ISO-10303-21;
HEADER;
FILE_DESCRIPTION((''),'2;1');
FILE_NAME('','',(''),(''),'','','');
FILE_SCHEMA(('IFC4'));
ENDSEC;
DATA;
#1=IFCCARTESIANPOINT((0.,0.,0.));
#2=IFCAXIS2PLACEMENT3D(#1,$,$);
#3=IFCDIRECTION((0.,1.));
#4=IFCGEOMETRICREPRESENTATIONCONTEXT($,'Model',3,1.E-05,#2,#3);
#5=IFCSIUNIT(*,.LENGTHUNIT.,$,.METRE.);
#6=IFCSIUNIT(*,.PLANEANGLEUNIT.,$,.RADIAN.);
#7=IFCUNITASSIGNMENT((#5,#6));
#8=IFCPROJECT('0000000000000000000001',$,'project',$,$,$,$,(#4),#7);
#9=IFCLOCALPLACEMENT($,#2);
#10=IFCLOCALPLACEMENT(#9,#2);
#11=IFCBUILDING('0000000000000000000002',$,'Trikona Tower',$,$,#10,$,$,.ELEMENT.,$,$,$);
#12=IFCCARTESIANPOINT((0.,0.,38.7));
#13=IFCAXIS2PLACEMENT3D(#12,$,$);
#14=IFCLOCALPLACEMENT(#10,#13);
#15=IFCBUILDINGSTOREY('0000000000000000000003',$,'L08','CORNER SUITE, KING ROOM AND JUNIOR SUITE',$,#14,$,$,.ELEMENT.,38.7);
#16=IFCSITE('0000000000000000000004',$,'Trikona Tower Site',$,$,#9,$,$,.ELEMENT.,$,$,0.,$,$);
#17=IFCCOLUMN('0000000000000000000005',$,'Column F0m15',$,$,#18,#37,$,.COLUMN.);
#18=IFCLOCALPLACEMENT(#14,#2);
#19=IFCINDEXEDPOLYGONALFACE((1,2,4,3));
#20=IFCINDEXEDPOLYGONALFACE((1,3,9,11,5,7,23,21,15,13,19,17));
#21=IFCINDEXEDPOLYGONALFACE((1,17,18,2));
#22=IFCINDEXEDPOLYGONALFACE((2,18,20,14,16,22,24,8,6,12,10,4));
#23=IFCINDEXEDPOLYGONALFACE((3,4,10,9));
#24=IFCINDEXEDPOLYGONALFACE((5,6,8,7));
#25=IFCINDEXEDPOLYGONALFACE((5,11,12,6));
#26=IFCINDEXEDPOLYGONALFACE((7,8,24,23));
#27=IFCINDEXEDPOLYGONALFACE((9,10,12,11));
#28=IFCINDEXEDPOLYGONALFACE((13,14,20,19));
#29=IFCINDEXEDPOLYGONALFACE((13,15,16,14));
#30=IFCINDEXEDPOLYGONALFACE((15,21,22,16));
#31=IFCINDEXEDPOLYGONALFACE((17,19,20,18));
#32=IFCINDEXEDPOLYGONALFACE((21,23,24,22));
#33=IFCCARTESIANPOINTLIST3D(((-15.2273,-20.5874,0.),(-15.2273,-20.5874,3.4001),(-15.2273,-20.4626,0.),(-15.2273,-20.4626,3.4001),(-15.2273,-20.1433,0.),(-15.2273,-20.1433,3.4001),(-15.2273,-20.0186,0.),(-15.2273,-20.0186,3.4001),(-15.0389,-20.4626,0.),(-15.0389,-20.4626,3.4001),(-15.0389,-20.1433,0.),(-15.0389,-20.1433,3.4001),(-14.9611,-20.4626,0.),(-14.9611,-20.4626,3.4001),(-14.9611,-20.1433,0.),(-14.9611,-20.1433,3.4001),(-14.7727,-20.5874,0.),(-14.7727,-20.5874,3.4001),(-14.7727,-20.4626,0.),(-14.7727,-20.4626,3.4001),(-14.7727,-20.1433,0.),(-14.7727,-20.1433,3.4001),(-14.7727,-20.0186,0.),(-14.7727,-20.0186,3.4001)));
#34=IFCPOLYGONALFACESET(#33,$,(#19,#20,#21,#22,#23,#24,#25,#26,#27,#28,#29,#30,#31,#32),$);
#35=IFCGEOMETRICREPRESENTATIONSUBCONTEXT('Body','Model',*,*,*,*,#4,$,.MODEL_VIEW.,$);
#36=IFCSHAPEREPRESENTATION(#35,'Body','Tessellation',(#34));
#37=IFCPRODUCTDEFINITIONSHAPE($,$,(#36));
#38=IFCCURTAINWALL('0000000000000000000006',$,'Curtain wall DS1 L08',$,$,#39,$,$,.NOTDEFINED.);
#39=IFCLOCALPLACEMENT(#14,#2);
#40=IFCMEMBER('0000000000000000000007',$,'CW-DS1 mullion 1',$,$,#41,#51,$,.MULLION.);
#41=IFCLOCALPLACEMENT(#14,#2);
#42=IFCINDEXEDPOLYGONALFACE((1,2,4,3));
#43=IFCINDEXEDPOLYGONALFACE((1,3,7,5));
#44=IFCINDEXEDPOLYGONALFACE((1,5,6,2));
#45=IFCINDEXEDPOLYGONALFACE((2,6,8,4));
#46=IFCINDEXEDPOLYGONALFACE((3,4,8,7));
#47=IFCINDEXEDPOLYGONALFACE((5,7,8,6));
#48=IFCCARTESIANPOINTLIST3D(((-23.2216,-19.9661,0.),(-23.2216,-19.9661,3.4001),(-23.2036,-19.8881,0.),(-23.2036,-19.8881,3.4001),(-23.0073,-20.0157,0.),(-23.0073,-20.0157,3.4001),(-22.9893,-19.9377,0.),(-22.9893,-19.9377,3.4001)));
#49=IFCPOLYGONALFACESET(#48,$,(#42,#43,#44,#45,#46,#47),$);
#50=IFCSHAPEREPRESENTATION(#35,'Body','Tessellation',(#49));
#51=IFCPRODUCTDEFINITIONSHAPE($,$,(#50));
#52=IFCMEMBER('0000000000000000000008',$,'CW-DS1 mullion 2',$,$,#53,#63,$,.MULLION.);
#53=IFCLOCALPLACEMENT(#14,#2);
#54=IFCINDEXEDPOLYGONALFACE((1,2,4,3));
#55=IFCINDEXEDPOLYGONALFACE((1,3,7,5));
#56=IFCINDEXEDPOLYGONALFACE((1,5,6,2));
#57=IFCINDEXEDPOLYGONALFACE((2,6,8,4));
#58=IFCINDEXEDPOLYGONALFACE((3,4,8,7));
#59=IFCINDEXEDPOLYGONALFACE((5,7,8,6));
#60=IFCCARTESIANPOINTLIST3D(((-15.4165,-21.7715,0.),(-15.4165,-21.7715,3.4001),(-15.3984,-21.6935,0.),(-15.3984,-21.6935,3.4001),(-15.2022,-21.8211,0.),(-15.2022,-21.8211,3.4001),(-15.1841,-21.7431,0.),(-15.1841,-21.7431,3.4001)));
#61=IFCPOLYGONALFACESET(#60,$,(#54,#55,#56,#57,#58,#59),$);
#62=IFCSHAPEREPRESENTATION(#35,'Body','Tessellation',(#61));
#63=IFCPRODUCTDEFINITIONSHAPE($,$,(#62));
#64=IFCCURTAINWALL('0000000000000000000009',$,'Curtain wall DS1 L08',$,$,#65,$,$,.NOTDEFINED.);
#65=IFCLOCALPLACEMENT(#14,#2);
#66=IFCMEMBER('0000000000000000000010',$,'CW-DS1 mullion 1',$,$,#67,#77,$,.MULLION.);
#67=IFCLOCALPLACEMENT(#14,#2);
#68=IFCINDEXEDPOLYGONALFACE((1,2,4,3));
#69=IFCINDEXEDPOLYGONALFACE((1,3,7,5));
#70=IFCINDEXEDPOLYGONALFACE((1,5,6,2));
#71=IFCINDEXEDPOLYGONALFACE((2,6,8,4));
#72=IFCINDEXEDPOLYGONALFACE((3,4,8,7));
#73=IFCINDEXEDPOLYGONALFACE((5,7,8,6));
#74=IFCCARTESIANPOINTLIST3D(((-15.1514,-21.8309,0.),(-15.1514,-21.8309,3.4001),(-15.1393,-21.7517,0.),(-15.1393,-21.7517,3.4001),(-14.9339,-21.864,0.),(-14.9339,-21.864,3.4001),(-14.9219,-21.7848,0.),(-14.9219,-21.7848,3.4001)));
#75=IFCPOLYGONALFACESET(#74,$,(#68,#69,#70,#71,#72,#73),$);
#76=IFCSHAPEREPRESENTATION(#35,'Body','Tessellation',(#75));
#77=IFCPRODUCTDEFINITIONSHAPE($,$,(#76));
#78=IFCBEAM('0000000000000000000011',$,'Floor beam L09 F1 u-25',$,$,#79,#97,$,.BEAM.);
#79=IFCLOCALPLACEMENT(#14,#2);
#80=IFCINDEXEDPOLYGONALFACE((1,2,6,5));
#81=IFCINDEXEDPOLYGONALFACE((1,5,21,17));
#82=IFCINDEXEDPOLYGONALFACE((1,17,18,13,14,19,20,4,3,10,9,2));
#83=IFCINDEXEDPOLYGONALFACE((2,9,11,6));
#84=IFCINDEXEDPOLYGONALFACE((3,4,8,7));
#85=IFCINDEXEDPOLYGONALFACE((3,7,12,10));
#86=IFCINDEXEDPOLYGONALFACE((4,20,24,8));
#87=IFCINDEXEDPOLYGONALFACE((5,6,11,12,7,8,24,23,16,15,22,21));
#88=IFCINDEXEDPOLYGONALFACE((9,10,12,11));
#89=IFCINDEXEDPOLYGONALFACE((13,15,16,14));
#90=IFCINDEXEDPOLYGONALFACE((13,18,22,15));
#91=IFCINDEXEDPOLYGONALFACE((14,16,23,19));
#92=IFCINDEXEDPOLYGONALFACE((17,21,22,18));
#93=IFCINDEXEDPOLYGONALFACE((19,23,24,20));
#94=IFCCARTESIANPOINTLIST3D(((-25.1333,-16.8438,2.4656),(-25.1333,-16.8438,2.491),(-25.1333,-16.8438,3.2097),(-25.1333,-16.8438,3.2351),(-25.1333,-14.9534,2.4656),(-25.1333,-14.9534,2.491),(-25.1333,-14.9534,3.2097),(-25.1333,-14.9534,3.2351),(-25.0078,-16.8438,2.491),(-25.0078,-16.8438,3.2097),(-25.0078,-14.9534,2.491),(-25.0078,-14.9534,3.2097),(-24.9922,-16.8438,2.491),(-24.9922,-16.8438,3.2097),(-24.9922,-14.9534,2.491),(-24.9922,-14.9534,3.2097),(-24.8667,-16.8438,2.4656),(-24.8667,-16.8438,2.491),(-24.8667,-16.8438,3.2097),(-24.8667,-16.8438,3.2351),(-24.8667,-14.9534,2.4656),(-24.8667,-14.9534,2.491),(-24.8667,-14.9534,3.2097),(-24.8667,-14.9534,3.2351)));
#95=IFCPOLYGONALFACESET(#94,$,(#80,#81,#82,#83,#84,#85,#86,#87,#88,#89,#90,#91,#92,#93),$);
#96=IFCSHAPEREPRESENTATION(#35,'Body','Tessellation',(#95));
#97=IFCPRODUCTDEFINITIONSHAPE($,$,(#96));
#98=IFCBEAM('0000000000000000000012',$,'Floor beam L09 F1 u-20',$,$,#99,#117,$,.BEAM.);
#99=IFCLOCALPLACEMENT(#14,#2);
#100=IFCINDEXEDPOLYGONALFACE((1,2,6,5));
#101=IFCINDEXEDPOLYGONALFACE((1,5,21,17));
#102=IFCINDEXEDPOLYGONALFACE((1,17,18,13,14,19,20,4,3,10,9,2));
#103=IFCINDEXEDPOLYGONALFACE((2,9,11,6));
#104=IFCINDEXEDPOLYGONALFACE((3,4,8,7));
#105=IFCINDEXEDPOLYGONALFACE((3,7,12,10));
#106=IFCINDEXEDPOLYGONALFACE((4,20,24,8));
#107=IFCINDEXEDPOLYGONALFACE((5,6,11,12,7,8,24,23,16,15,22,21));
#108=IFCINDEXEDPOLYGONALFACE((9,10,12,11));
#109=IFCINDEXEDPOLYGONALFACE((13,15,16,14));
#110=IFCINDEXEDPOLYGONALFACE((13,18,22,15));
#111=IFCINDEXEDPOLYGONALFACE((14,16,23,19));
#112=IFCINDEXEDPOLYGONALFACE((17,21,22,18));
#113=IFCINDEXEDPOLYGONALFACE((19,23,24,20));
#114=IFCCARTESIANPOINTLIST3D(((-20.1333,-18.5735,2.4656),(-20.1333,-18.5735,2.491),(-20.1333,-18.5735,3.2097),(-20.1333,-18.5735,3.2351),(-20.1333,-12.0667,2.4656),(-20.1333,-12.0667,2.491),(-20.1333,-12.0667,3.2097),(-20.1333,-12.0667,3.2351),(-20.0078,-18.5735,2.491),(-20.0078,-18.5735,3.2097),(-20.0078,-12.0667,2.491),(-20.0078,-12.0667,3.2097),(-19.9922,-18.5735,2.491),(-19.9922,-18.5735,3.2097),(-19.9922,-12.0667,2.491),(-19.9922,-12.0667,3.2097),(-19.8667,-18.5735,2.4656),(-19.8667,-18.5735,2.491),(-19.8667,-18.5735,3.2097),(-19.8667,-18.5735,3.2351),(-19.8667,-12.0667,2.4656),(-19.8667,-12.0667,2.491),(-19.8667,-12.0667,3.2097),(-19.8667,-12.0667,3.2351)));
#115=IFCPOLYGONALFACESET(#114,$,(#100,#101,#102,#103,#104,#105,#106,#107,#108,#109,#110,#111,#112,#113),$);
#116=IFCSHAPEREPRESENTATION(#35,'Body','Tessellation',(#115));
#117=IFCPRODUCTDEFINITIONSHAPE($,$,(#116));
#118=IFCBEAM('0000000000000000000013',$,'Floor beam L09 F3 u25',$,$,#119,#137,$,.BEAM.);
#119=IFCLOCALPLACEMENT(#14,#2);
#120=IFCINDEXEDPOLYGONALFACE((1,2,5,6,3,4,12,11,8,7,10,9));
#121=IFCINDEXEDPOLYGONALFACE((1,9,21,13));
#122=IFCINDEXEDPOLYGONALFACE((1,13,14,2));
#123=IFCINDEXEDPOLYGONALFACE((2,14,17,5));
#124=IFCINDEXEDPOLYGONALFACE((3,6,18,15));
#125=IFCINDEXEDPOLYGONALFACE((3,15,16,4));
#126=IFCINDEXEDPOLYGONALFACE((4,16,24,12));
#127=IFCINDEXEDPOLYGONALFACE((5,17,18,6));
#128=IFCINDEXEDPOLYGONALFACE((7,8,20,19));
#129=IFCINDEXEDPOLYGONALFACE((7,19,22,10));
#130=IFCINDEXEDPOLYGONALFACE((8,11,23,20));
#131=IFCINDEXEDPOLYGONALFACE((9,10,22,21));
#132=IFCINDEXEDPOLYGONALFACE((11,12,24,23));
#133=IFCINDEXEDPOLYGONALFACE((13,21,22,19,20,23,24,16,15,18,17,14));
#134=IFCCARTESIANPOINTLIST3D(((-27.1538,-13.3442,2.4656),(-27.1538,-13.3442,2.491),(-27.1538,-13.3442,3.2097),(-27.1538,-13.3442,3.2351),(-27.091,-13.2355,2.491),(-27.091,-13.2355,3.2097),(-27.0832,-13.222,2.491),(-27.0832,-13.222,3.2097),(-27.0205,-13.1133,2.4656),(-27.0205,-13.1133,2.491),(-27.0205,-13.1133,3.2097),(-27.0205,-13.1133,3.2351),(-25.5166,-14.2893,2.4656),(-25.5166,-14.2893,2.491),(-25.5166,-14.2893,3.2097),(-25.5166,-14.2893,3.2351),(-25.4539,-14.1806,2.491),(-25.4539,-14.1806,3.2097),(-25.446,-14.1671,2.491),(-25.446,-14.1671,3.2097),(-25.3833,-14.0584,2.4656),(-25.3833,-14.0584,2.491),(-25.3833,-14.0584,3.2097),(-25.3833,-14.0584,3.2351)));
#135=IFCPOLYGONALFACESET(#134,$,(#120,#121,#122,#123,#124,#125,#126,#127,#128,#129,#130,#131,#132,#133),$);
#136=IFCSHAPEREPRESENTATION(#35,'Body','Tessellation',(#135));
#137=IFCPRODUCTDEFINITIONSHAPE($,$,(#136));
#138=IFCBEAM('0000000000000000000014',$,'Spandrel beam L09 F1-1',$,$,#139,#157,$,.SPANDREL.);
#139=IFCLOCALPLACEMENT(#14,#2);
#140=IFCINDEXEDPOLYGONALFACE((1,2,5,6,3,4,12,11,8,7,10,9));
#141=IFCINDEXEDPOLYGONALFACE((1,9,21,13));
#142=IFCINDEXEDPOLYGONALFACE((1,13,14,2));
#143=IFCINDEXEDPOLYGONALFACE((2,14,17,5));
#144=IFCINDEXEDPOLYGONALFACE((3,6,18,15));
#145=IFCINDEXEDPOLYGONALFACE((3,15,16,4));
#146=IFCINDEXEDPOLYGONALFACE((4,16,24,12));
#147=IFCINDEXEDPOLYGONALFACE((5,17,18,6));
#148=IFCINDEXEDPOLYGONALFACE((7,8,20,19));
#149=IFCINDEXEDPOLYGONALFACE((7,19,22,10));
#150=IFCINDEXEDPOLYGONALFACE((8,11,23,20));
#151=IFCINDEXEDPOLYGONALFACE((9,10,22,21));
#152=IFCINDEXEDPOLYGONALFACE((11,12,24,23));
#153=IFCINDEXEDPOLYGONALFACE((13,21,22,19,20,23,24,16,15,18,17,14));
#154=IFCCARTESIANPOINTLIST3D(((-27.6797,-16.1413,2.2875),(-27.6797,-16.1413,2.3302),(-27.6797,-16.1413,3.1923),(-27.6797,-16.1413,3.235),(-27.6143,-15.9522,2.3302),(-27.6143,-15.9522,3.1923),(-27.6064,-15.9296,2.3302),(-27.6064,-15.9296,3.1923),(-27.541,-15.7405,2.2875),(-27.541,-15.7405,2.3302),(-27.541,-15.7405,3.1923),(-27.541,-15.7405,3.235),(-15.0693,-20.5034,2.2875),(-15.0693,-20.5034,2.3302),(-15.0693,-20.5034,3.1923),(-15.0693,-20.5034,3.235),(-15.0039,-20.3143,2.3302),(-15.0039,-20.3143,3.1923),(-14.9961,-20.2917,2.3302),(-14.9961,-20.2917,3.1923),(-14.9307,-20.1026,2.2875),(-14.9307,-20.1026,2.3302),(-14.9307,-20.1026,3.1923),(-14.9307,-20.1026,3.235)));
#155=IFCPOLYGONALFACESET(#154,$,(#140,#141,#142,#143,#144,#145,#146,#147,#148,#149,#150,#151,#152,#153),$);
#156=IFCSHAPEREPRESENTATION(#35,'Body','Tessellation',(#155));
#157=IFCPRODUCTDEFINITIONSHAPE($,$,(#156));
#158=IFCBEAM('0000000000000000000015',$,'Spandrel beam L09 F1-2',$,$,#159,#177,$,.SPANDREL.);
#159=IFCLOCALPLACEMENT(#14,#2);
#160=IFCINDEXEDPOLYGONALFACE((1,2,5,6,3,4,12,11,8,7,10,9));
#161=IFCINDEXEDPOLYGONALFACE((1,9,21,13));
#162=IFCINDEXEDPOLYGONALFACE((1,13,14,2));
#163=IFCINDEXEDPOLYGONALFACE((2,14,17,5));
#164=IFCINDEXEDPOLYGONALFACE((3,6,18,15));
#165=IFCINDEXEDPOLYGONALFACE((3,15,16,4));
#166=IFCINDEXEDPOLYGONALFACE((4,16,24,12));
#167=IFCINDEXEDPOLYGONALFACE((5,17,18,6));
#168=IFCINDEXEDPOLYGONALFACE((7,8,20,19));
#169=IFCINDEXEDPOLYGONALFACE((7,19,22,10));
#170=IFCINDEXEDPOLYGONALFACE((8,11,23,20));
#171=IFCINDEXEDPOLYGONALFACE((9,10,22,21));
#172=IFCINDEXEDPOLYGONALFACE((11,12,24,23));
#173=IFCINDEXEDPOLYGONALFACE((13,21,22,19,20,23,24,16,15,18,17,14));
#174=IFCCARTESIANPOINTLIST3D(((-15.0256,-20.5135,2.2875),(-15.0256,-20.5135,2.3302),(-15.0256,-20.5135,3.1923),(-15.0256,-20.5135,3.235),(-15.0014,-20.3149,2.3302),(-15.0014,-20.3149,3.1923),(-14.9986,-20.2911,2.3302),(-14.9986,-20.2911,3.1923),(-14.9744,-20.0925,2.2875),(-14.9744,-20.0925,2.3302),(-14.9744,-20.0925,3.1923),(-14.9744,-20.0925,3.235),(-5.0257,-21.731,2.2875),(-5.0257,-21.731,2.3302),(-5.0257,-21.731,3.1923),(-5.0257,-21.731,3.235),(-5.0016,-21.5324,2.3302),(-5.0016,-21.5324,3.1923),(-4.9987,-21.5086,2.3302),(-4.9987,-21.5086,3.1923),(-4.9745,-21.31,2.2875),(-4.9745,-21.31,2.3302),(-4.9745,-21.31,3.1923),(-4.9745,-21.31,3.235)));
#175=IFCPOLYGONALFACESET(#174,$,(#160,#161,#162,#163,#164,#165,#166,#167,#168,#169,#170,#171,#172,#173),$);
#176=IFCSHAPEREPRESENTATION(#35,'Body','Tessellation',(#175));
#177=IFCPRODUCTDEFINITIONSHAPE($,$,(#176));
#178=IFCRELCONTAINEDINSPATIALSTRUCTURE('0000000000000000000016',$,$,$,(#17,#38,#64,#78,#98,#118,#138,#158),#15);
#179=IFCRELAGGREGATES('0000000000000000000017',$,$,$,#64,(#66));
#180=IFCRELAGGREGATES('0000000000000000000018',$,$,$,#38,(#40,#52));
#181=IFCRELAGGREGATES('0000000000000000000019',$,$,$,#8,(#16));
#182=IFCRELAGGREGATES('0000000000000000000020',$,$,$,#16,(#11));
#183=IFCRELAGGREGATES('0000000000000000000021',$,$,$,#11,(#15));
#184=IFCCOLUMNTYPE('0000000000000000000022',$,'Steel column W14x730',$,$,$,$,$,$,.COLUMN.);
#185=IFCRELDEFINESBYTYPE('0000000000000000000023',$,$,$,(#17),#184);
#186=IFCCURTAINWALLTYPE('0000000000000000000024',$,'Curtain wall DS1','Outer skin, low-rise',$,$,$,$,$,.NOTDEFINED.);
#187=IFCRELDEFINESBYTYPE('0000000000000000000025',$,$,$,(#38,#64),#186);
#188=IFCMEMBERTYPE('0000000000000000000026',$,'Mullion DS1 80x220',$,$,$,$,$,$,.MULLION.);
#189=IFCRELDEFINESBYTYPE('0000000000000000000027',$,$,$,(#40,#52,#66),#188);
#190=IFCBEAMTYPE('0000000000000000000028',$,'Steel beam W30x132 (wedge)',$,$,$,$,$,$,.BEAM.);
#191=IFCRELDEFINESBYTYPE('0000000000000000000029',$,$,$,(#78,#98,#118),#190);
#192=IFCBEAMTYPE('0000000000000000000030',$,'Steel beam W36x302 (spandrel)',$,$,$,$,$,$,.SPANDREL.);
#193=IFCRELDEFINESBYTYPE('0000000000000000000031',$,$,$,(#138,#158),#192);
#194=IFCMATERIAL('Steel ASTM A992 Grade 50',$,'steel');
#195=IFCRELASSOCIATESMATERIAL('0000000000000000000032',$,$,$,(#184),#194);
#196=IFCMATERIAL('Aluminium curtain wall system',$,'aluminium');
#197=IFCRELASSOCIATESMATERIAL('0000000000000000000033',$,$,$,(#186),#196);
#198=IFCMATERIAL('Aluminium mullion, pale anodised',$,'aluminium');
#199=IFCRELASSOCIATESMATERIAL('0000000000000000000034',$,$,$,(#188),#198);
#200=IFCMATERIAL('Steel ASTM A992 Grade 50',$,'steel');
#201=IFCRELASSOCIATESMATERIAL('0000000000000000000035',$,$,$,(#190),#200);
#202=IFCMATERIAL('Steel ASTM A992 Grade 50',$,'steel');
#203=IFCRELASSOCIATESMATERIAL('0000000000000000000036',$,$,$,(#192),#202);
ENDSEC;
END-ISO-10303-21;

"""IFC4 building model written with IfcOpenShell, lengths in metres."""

from ifc_helpers import new_model, si_unit, direction, frame, origin, origin_2d, place, context, subcontext, project, spatial, rectangle, i_section, extrude, material, material_profile, profile_set, type_object, element, aggregate, save


model = new_model("IFC4")

# Units and contexts
model_context = context("Model", 3, precision=1e-05, world=origin(), true_north=direction((0.0, 1.0)))
body_context = subcontext(model_context, "Body", "Model", "MODEL_VIEW")
ifc_project = project(units=[si_unit("LENGTHUNIT", "METRE"), si_unit("PLANEANGLEUNIT", "RADIAN")], contexts=[model_context])

# Site, building, storey
site_placement = place(None, origin())
site = spatial("IfcSite", under=ifc_project, at=site_placement, Name="Trikona Tower Site", CompositionType="ELEMENT", RefElevation=0.0)
building_placement = place(site_placement, origin())
building = spatial("IfcBuilding", under=site, at=building_placement, Name="Trikona Tower", CompositionType="ELEMENT")
storey_placement = place(building_placement, frame((0.0, 0.0, 38.7)))
storey = spatial("IfcBuildingStorey", under=building, at=storey_placement, Name="L08", Description="CORNER SUITE, KING ROOM AND JUNIOR SUITE", CompositionType="ELEMENT", Elevation=38.7)

# Column
ifc_material_1 = material(Name="Steel ASTM A992 Grade 50", Category="steel")
ifc_material_profile_1 = material_profile(ifc_material_1, i_section(OverallWidth=0.4546, OverallDepth=0.5688, WebThickness=0.0779, FlangeThickness=0.1248, at=origin_2d()), Name="W14X730")
ifc_profile_set_1 = profile_set([ifc_material_profile_1], Name="Steel ASTM A992 Grade 50")
column_type = type_object("IfcColumnType", Name="Steel column W14x730", PredefinedType="COLUMN", material=ifc_profile_set_1)
column_placement = place(storey_placement, frame((-15.0, -20.303, 0.0), z_axis=(0.0, 0.0, 1.0), x_axis=(1.0, 0.0, 0.0)))
element("IfcColumn", 1, at=column_placement, inside=storey, type_object=column_type, Name="Column F0m15", PredefinedType="COLUMN", context=body_context, shape_type="SweptSolid", body=[
    extrude(i_section(OverallWidth=0.4546, OverallDepth=0.5688, WebThickness=0.0779, FlangeThickness=0.1248, at=origin_2d()), origin(), (0.0, 0.0, 1.0), 3.4001),
])

# Curtain wall, members
ifc_material_2 = material(Name="Aluminium curtain wall system", Category="aluminium")
curtain_wall_type = type_object("IfcCurtainWallType", Name="Curtain wall DS1", Description="Outer skin, low-rise", PredefinedType="NOTDEFINED", material=ifc_material_2)
curtain_wall_1_placement = place(storey_placement, origin())
curtain_wall_1 = element("IfcCurtainWall", 2, at=curtain_wall_1_placement, inside=storey, type_object=curtain_wall_type, Name="Curtain wall DS1 L08", PredefinedType="NOTDEFINED")
ifc_material_3 = material(Name="Aluminium mullion, pale anodised", Category="aluminium")
ifc_material_profile_2 = material_profile(ifc_material_3, rectangle(XDim=0.0801, YDim=0.22, at=origin_2d()), Name="MUL-DS1")
ifc_profile_set_2 = profile_set([ifc_material_profile_2], Name="Aluminium mullion, pale anodised")
member_type_1 = type_object("IfcMemberType", Name="Mullion DS1 80x220", PredefinedType="MULLION", material=ifc_profile_set_2)
member_1_placement = place(storey_placement, frame((-23.1055, -19.9519, 0.0), z_axis=(0.0, 0.0, 1.0), x_axis=(0.225343, 0.974279, 0.0)))
member_1 = element("IfcMember", 3, at=member_1_placement, type_object=member_type_1, Name="CW-DS1 mullion 1", PredefinedType="MULLION", context=body_context, shape_type="SweptSolid", body=[
    extrude(rectangle(XDim=0.0801, YDim=0.22, at=origin_2d()), origin(), (0.0, 0.0, 1.0), 3.4001),
])
member_2_placement = place(storey_placement, frame((-15.3003, -21.7573, 0.0), z_axis=(0.0, 0.0, 1.0), x_axis=(0.225343, 0.974279, 0.0)))
member_2 = element("IfcMember", 4, at=member_2_placement, type_object=member_type_1, Name="CW-DS1 mullion 2", PredefinedType="MULLION", context=body_context, shape_type="SweptSolid", body=[
    extrude(rectangle(XDim=0.0801, YDim=0.22, at=origin_2d()), origin(), (0.0, 0.0, 1.0), 3.4001),
])

# Curtain wall, member
curtain_wall_2_placement = place(storey_placement, origin())
curtain_wall_2 = element("IfcCurtainWall", 5, at=curtain_wall_2_placement, inside=storey, type_object=curtain_wall_type, Name="Curtain wall DS1 L08", PredefinedType="NOTDEFINED")
member_3_placement = place(storey_placement, frame((-15.0366, -21.8079, 0.0), z_axis=(0.0, 0.0, 1.0), x_axis=(0.150438, 0.988619, 0.0)))
member_3 = element("IfcMember", 6, at=member_3_placement, type_object=member_type_1, Name="CW-DS1 mullion 1", PredefinedType="MULLION", context=body_context, shape_type="SweptSolid", body=[
    extrude(rectangle(XDim=0.0801, YDim=0.22, at=origin_2d()), origin(), (0.0, 0.0, 1.0), 3.4001),
])
aggregate(curtain_wall_2, [member_3])

# Beams
ifc_material_4 = material(Name="Steel ASTM A992 Grade 50", Category="steel")
ifc_material_profile_3 = material_profile(ifc_material_4, i_section(OverallWidth=0.2666, OverallDepth=0.7695, WebThickness=0.0156, FlangeThickness=0.0254, at=origin_2d()), Name="W30X132")
ifc_profile_set_3 = profile_set([ifc_material_profile_3], Name="Steel ASTM A992 Grade 50")
beam_type_1 = type_object("IfcBeamType", Name="Steel beam W30x132 (wedge)", PredefinedType="BEAM", material=ifc_profile_set_3)
beam_1_placement = place(storey_placement, frame((-25.0, -14.9534, 2.8503), z_axis=(0.0, -1.0, 0.0), x_axis=(1.0, 0.0, 0.0)))
element("IfcBeam", 7, at=beam_1_placement, inside=storey, type_object=beam_type_1, Name="Floor beam L09 F1 u-25", PredefinedType="BEAM", context=body_context, shape_type="SweptSolid", body=[
    extrude(i_section(OverallWidth=0.2666, OverallDepth=0.7695, WebThickness=0.0156, FlangeThickness=0.0254, at=origin_2d()), origin(), (0.0, 0.0, 1.0), 1.8904),
])
beam_2_placement = place(storey_placement, frame((-20.0, -12.0667, 2.8503), z_axis=(0.0, -1.0, 0.0), x_axis=(1.0, 0.0, 0.0)))
element("IfcBeam", 8, at=beam_2_placement, inside=storey, type_object=beam_type_1, Name="Floor beam L09 F1 u-20", PredefinedType="BEAM", context=body_context, shape_type="SweptSolid", body=[
    extrude(i_section(OverallWidth=0.2666, OverallDepth=0.7695, WebThickness=0.0156, FlangeThickness=0.0254, at=origin_2d()), origin(), (0.0, 0.0, 1.0), 6.5068),
])
beam_3_placement = place(storey_placement, frame((-25.45, -14.1738, 2.8503), z_axis=(-0.866065, 0.499931, 0.0), x_axis=(-0.499931, -0.866065, 0.0)))
element("IfcBeam", 9, at=beam_3_placement, inside=storey, type_object=beam_type_1, Name="Floor beam L09 F3 u25", PredefinedType="BEAM", context=body_context, shape_type="SweptSolid", body=[
    extrude(i_section(OverallWidth=0.2666, OverallDepth=0.7695, WebThickness=0.0156, FlangeThickness=0.0254, at=origin_2d()), origin(), (0.0, 0.0, 1.0), 1.8904),
])
ifc_material_5 = material(Name="Steel ASTM A992 Grade 50", Category="steel")
ifc_material_profile_4 = material_profile(ifc_material_5, i_section(OverallWidth=0.4241, OverallDepth=0.9475, WebThickness=0.0239, FlangeThickness=0.0427, at=origin_2d()), Name="W36X302")
ifc_profile_set_4 = profile_set([ifc_material_profile_4], Name="Steel ASTM A992 Grade 50")
beam_type_2 = type_object("IfcBeamType", Name="Steel beam W36x302 (spandrel)", PredefinedType="SPANDREL", material=ifc_profile_set_4)
beam_4_placement = place(storey_placement, frame((-27.6104, -15.9409, 2.7612), z_axis=(0.945057, -0.326906, 0.0), x_axis=(0.326906, 0.945057, 0.0)))
element("IfcBeam", 10, at=beam_4_placement, inside=storey, type_object=beam_type_2, Name="Spandrel beam L09 F1-1", PredefinedType="SPANDREL", context=body_context, shape_type="SweptSolid", body=[
    extrude(i_section(OverallWidth=0.4241, OverallDepth=0.9475, WebThickness=0.0239, FlangeThickness=0.0427, at=origin_2d()), origin(), (0.0, 0.0, 1.0), 13.3435),
])
beam_5_placement = place(storey_placement, frame((-15.0, -20.303, 2.7612), z_axis=(0.99267, -0.12086, 0.0), x_axis=(0.12086, 0.99267, 0.0)))
element("IfcBeam", 11, at=beam_5_placement, inside=storey, type_object=beam_type_2, Name="Spandrel beam L09 F1-2", PredefinedType="SPANDREL", context=body_context, shape_type="SweptSolid", body=[
    extrude(i_section(OverallWidth=0.4241, OverallDepth=0.9475, WebThickness=0.0239, FlangeThickness=0.0427, at=origin_2d()), origin(), (0.0, 0.0, 1.0), 10.0737),
])

aggregate(curtain_wall_1, [member_1, member_2])

save(model, "model.ifc")
